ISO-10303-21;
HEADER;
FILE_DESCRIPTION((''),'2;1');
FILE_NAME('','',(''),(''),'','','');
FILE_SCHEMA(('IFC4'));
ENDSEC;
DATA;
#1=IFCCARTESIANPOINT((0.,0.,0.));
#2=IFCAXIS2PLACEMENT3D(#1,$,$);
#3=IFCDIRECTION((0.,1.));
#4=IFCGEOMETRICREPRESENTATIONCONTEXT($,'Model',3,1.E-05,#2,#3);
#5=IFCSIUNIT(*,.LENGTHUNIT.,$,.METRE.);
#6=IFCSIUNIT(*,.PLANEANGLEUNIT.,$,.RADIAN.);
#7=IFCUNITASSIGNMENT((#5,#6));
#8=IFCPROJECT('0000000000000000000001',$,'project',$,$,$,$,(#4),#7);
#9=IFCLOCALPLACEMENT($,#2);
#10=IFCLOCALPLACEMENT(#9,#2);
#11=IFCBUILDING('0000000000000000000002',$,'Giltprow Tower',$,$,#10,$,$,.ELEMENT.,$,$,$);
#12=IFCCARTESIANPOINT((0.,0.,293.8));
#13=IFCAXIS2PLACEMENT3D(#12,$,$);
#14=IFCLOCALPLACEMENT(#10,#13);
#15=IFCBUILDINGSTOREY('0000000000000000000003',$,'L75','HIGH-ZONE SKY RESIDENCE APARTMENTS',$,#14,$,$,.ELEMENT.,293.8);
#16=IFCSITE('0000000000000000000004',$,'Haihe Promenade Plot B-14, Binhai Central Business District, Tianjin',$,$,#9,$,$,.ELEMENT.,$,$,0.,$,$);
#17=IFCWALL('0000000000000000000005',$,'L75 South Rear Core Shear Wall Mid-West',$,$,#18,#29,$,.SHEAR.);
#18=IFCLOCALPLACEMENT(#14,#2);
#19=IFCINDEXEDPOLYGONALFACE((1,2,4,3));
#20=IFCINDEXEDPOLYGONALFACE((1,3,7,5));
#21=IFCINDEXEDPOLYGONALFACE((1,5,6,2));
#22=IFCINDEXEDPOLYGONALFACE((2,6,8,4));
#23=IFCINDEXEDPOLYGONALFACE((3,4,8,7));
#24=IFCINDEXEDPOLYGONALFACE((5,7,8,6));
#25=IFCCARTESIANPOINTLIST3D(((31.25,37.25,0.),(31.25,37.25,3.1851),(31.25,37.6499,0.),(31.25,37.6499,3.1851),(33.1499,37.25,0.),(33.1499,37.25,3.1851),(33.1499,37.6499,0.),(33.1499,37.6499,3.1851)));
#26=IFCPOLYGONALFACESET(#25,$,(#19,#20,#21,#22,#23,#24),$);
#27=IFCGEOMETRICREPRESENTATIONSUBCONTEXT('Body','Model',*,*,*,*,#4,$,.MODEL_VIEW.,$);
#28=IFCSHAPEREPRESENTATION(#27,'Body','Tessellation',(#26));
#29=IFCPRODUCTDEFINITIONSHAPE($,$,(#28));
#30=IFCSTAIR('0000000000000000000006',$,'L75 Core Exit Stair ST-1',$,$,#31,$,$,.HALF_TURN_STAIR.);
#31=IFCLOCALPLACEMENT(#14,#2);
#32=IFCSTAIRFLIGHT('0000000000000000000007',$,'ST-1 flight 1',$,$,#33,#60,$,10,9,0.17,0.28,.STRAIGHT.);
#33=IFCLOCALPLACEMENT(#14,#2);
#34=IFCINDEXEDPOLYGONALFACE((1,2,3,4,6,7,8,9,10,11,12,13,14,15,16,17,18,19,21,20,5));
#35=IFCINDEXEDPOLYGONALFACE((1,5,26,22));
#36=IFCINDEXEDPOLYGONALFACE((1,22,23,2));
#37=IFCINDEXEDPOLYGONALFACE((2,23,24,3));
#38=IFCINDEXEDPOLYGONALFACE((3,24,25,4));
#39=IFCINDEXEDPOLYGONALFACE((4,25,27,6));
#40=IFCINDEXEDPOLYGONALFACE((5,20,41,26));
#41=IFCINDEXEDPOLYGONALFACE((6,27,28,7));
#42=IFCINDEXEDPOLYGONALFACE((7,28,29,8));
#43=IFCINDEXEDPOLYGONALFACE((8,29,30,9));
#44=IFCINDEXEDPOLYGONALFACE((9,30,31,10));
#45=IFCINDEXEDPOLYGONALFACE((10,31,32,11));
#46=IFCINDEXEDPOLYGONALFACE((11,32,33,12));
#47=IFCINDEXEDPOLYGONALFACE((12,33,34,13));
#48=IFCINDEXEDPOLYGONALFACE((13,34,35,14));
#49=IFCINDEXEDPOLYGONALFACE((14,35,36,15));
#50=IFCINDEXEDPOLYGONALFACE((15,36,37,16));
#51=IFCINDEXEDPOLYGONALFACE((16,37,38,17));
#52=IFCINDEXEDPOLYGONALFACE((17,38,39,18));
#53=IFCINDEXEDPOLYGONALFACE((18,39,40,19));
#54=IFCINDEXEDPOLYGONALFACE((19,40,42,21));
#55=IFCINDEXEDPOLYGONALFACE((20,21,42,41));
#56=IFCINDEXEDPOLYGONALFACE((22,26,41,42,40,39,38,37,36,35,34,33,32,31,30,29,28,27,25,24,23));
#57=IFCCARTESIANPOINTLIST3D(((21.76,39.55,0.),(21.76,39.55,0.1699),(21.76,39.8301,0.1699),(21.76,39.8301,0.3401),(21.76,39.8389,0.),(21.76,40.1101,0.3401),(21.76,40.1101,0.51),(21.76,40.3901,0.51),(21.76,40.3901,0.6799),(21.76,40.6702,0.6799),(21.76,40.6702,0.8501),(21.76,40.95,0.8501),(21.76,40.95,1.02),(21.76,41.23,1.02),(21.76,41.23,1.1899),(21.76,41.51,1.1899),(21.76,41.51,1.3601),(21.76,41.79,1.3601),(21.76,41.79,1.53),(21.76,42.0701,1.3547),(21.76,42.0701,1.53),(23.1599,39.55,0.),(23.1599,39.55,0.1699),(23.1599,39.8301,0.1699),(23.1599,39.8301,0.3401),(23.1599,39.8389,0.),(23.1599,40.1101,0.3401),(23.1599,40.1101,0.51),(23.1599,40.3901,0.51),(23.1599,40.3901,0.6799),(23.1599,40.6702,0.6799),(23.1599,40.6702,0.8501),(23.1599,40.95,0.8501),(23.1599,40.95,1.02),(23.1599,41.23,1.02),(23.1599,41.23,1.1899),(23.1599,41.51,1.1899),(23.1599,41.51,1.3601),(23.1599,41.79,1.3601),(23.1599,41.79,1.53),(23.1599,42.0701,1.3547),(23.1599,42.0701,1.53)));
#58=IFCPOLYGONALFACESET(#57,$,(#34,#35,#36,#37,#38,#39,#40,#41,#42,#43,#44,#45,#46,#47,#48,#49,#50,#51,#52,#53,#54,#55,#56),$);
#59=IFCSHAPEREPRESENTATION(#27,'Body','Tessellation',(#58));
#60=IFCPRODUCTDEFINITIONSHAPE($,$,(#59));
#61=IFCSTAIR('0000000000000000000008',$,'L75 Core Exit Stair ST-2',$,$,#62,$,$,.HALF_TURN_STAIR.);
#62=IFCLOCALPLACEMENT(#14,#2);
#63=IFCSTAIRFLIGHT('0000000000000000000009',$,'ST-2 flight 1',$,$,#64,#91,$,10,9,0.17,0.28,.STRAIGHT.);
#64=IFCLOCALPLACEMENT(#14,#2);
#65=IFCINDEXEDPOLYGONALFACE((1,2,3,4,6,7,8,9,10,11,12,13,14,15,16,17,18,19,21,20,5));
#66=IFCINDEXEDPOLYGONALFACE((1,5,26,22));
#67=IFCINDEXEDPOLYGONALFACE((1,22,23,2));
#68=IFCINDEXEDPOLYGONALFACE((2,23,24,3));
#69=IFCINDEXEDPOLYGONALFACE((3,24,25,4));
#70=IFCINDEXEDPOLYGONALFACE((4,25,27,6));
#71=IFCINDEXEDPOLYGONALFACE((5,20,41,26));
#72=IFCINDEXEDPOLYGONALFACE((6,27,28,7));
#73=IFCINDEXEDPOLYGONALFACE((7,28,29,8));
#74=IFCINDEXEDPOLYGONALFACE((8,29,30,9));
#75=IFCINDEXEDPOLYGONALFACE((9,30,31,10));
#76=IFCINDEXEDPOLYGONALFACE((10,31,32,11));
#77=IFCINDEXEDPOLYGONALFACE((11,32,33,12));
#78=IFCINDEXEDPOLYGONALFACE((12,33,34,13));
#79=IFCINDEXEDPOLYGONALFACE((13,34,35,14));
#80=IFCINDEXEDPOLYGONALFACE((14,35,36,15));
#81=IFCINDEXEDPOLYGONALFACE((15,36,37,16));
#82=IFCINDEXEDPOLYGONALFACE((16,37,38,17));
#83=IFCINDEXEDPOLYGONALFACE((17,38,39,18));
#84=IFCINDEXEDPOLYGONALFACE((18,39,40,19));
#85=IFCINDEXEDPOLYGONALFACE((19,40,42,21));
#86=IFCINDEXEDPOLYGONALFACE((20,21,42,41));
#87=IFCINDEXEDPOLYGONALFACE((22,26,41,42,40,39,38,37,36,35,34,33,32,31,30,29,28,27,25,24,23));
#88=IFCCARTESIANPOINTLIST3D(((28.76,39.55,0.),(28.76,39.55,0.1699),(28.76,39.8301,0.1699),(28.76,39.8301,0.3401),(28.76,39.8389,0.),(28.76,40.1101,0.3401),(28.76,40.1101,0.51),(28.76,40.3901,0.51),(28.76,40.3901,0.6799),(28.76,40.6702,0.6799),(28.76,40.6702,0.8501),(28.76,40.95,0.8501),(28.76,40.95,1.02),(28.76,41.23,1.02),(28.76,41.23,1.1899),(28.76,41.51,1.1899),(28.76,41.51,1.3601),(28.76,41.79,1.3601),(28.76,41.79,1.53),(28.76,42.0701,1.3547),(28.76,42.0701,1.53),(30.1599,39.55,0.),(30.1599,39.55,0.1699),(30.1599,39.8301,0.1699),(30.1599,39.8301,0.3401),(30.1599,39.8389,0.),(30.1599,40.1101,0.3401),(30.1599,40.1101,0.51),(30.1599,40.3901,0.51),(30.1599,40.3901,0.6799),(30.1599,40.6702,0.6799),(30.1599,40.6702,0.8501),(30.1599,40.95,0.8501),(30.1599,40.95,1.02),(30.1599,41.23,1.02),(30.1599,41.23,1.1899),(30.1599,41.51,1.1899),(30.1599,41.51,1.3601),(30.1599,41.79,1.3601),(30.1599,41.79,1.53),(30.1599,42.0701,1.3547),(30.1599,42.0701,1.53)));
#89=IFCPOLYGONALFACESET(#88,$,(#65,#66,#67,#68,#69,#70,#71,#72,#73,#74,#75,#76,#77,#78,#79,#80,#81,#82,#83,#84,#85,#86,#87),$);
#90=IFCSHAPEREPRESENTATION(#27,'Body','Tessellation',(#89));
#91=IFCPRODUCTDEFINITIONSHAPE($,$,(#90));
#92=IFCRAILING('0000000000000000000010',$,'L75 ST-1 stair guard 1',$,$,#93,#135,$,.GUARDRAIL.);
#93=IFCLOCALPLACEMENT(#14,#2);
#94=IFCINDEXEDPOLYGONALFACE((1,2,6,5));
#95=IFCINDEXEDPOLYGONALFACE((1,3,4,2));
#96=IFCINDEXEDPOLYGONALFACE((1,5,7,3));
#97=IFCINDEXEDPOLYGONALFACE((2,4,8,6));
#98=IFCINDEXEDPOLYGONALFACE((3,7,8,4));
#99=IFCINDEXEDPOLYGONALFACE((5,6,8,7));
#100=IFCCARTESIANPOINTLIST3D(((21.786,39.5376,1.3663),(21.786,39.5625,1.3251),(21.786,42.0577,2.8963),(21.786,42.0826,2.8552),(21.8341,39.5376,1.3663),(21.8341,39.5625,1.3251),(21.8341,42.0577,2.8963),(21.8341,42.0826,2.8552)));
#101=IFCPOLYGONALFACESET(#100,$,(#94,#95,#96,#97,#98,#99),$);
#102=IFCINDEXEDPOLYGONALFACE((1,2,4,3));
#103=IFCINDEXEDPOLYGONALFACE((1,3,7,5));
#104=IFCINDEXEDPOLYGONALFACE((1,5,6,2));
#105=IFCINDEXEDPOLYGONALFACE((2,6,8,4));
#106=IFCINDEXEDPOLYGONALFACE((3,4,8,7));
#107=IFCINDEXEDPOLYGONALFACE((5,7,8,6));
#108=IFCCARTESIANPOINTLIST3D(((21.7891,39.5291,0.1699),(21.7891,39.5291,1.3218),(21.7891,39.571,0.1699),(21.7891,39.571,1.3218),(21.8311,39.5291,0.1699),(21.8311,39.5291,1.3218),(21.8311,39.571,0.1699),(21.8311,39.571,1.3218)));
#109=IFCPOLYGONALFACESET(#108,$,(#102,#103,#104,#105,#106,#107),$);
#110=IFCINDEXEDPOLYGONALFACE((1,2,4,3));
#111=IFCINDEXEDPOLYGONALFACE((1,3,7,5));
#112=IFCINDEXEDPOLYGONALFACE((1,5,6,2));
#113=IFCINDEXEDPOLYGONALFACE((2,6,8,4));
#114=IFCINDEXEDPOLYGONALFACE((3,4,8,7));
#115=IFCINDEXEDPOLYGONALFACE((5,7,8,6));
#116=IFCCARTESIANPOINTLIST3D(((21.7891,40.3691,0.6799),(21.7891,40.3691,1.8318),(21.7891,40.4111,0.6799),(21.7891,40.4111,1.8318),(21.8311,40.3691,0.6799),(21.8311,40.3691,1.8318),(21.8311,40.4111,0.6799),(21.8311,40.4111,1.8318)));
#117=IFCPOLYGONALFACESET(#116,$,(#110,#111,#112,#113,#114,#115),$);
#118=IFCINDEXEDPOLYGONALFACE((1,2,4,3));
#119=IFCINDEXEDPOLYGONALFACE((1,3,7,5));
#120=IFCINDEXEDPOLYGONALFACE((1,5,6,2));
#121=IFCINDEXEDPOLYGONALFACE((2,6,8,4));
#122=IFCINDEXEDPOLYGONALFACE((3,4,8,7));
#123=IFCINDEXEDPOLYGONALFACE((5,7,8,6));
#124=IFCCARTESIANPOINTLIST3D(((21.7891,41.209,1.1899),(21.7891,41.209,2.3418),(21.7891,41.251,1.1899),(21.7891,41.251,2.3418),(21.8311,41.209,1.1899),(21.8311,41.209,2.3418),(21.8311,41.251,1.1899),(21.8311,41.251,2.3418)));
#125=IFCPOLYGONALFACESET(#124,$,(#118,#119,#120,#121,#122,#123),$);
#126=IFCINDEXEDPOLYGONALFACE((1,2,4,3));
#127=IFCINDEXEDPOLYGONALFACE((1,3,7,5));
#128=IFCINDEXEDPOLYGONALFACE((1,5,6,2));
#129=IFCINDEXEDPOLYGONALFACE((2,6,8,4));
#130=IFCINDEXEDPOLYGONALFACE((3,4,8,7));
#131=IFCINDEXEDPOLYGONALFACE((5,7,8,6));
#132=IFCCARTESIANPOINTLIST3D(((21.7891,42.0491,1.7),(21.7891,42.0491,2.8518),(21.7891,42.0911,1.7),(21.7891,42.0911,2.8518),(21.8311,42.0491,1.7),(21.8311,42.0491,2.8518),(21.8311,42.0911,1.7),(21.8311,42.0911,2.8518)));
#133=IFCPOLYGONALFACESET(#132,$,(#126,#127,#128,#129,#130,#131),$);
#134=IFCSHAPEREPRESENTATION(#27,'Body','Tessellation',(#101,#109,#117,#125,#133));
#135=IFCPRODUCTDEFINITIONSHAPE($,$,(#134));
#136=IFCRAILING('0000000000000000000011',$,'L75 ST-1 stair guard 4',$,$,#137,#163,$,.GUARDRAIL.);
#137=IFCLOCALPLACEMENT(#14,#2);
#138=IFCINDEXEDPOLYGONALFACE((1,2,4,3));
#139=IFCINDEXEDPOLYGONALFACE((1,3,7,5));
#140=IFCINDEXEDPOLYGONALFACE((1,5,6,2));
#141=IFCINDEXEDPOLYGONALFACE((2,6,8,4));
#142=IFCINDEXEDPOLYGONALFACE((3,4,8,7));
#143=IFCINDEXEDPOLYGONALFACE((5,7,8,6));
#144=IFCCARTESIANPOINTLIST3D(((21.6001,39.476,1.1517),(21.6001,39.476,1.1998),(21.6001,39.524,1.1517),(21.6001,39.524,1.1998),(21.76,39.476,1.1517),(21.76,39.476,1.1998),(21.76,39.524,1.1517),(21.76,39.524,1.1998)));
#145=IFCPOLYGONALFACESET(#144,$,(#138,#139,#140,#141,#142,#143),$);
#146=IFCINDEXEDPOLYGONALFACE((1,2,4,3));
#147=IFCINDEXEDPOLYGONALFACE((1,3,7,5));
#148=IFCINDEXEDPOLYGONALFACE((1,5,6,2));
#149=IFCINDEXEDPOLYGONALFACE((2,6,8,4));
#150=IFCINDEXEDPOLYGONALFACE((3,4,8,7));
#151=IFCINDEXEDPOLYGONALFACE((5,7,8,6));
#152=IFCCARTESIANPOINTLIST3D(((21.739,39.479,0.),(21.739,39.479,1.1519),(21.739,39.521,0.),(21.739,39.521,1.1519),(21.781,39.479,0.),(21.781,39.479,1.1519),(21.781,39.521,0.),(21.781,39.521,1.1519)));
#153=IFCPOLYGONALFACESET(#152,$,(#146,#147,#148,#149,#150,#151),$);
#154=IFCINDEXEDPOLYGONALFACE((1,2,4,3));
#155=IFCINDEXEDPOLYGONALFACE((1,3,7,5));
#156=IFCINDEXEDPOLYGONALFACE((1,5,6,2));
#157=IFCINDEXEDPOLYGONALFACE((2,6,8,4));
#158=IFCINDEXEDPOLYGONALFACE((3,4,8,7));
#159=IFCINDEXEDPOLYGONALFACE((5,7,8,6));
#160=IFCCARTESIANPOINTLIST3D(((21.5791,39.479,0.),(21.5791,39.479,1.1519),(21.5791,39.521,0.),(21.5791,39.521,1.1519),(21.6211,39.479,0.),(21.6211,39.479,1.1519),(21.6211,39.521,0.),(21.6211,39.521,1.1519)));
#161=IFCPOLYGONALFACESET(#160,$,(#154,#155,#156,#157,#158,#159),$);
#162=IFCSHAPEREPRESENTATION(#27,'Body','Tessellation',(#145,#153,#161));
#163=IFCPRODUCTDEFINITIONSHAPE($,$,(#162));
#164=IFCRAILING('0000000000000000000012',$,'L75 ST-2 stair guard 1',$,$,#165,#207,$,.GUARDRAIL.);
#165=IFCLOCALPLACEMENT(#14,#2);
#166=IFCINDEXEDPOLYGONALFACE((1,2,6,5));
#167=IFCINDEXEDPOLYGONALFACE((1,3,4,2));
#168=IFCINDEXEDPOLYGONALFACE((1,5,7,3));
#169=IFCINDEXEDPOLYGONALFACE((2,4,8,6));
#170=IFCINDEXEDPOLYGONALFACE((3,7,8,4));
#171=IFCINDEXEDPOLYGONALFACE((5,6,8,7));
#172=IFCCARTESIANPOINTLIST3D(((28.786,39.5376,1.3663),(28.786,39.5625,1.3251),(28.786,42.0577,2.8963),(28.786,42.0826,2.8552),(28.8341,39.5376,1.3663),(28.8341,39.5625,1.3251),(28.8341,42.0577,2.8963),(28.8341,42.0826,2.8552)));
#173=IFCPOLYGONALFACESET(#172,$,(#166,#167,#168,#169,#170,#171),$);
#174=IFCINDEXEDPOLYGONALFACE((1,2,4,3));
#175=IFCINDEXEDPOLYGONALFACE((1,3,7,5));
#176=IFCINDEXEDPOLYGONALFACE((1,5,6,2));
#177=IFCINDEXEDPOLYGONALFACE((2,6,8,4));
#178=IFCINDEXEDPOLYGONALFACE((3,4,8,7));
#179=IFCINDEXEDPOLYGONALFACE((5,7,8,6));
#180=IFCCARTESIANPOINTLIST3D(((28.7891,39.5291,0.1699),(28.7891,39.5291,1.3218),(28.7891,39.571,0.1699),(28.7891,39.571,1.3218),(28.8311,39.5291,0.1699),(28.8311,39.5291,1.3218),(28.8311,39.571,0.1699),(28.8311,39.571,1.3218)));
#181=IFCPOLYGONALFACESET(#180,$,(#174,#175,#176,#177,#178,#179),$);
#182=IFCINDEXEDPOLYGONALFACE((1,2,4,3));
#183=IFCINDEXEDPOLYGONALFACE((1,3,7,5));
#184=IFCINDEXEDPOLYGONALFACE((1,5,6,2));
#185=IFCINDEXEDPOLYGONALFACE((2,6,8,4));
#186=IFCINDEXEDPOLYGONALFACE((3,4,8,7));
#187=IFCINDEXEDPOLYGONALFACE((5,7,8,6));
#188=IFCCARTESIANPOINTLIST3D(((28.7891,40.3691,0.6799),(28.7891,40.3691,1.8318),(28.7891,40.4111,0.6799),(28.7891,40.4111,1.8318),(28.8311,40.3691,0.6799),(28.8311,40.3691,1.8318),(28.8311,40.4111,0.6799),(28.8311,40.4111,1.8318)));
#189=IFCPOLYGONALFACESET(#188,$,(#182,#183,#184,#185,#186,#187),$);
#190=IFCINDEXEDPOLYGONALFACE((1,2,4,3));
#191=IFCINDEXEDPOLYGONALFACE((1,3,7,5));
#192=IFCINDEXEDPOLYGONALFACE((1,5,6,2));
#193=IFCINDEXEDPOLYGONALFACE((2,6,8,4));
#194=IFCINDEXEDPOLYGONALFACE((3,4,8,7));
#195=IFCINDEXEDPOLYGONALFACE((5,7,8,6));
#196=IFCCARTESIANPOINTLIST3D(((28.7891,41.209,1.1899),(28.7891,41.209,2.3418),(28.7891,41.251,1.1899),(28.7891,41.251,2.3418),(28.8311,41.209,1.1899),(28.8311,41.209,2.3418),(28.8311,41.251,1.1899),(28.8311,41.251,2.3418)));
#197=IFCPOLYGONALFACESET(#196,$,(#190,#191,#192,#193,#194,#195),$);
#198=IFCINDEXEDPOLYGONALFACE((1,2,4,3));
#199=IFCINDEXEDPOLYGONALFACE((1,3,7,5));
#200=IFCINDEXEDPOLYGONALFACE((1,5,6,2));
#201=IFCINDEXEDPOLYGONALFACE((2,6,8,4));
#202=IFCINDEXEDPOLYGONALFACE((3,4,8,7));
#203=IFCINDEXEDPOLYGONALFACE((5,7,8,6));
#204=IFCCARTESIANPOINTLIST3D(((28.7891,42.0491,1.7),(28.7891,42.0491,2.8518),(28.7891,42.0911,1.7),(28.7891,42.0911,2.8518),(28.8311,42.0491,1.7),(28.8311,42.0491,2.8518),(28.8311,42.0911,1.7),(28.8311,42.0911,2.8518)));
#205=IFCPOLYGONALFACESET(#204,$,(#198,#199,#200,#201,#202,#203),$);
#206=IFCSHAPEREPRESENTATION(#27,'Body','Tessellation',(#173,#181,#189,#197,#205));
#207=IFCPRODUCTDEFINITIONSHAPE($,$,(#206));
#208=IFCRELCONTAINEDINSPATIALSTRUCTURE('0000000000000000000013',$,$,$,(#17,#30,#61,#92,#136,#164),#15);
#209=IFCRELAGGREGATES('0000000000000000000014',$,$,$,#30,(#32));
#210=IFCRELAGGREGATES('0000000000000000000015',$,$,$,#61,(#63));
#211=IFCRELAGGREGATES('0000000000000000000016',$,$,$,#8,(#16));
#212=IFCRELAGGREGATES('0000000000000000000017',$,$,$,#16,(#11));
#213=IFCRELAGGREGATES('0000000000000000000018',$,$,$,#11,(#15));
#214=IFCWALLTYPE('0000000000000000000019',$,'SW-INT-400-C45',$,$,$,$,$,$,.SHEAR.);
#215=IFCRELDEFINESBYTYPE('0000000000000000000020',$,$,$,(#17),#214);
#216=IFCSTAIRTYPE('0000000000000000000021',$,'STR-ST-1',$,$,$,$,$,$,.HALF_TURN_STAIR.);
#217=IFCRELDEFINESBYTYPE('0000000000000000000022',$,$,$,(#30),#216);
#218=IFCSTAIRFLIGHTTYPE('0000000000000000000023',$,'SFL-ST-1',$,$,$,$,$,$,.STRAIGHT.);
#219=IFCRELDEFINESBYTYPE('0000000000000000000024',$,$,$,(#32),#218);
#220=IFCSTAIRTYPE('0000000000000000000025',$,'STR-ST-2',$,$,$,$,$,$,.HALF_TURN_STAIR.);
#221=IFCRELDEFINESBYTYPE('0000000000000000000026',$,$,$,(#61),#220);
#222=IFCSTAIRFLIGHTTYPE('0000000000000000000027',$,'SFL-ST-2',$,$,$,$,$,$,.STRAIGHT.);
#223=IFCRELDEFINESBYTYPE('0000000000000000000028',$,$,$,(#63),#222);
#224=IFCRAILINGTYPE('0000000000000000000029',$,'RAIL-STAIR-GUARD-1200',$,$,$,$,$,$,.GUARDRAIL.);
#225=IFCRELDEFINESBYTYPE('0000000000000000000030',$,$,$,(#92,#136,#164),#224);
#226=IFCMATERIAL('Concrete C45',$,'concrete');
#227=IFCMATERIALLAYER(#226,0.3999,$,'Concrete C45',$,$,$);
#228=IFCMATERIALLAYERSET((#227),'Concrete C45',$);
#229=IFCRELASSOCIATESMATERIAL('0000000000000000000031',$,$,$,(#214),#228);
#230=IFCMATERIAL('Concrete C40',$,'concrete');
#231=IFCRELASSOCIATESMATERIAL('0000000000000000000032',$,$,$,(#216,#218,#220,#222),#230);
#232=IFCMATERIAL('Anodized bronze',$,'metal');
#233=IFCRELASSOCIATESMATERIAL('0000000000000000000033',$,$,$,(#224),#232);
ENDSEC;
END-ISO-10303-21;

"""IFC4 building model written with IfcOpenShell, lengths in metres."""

from ifc_helpers import new_model, si_unit, direction, frame, frame_2d, origin, origin_2d, place, context, subcontext, project, spatial, polyline, rectangle, outline, extrude, material, layer, layer_set, type_object, element, aggregate, save


model = new_model("IFC4")

# Units and contexts
model_context = context("Model", 3, precision=1e-05, world=origin(), true_north=direction((0.0, 1.0)))
body_context = subcontext(model_context, "Body", "Model", "MODEL_VIEW")
ifc_project = project(units=[si_unit("LENGTHUNIT", "METRE"), si_unit("PLANEANGLEUNIT", "RADIAN")], contexts=[model_context])

# Site, building, storey
site_placement = place(None, origin())
site = spatial("IfcSite", under=ifc_project, at=site_placement, Name="Haihe Promenade Plot B-14, Binhai Central Business District, Tianjin", CompositionType="ELEMENT", RefElevation=0.0)
building_placement = place(site_placement, origin())
building = spatial("IfcBuilding", under=site, at=building_placement, Name="Giltprow Tower", CompositionType="ELEMENT")
storey_placement = place(building_placement, frame((0.0, 0.0, 293.8)))
storey = spatial("IfcBuildingStorey", under=building, at=storey_placement, Name="L75", Description="HIGH-ZONE SKY RESIDENCE APARTMENTS", CompositionType="ELEMENT", Elevation=293.8)

# Shared definitions
ifc_material_1 = material(Name="Concrete C45", Category="concrete")

# Shared definitions
ifc_material_2 = material(Name="Concrete C40", Category="concrete")

# Wall
ifc_layer_1 = layer(ifc_material_1, 0.3999, Name="Concrete C45")
ifc_layer_set_1 = layer_set([ifc_layer_1], Name="Concrete C45")
wall_type_1 = type_object("IfcWallType", Name="SW-INT-400-C45", PredefinedType="SHEAR", material=ifc_layer_set_1)
wall_1_placement = place(storey_placement, frame((31.25, 37.45, 0.0), z_axis=(0.0, 0.0, 1.0), x_axis=(1.0, 0.0, 0.0)))
element("IfcWall", 1, at=wall_1_placement, inside=storey, type_object=wall_type_1, Name="L75 South Rear Core Shear Wall Mid-West", PredefinedType="SHEAR", context=body_context, shape_type="SweptSolid", body=[
    extrude(rectangle(XDim=1.8999, YDim=0.3999, at=frame_2d((0.95, 0.0))), origin(), (0.0, 0.0, 1.0), 3.1851),
])

# Stairs, stair flights
stair_type_1 = type_object("IfcStairType", Name="STR-ST-1", PredefinedType="HALF_TURN_STAIR", material=ifc_material_2)
stair_1_placement = place(storey_placement, origin())
stair_1 = element("IfcStair", 2, at=stair_1_placement, inside=storey, type_object=stair_type_1, Name="L75 Core Exit Stair ST-1", PredefinedType="HALF_TURN_STAIR")
stair_flight_type_1 = type_object("IfcStairFlightType", Name="SFL-ST-1", PredefinedType="STRAIGHT", material=ifc_material_2)
stair_flight_1_placement = place(storey_placement, frame((22.46, 39.55, 0.0), z_axis=(0.0, 0.0, 1.0), x_axis=(0.0, 1.0, 0.0)))
stair_flight_1 = element("IfcStairFlight", 3, at=stair_flight_1_placement, type_object=stair_flight_type_1, Name="ST-1 flight 1", NumberOfRisers=10, NumberOfTreads=9, PredefinedType="STRAIGHT", RiserHeight=0.17, TreadLength=0.28, context=body_context, shape_type="SweptSolid", body=[
    extrude(outline(polyline([(0.0, 0.0), (0.0, 0.1699), (0.28, 0.1699), (0.28, 0.3401), (0.5601, 0.3401), (0.5601, 0.51), (0.8401, 0.51), (0.8401, 0.6799), (1.1201, 0.6799), (1.1201, 0.8501), (1.3999, 0.8501), (1.3999, 1.02), (1.6799, 1.02), (1.6799, 1.1899), (1.96, 1.1899), (1.96, 1.3601), (2.24, 1.3601), (2.24, 1.53), (2.52, 1.53), (2.52, 1.7), (2.52, 1.3547), (0.2888, 0.0), (0.0, 0.0)])), frame((0.0, 0.7, 0.0), z_axis=(0.0, -1.0, 0.0), x_axis=(1.0, 0.0, 0.0)), (0.0, 0.0, 1.0), 1.3999),
])
aggregate(stair_1, [stair_flight_1])
stair_type_2 = type_object("IfcStairType", Name="STR-ST-2", PredefinedType="HALF_TURN_STAIR", material=ifc_material_2)
stair_2_placement = place(storey_placement, origin())
stair_2 = element("IfcStair", 4, at=stair_2_placement, inside=storey, type_object=stair_type_2, Name="L75 Core Exit Stair ST-2", PredefinedType="HALF_TURN_STAIR")
stair_flight_type_2 = type_object("IfcStairFlightType", Name="SFL-ST-2", PredefinedType="STRAIGHT", material=ifc_material_2)
stair_flight_2_placement = place(storey_placement, frame((29.46, 39.55, 0.0), z_axis=(0.0, 0.0, 1.0), x_axis=(0.0, 1.0, 0.0)))
stair_flight_2 = element("IfcStairFlight", 5, at=stair_flight_2_placement, type_object=stair_flight_type_2, Name="ST-2 flight 1", NumberOfRisers=10, NumberOfTreads=9, PredefinedType="STRAIGHT", RiserHeight=0.17, TreadLength=0.28, context=body_context, shape_type="SweptSolid", body=[
    extrude(outline(polyline([(0.0, 0.0), (0.0, 0.1699), (0.28, 0.1699), (0.28, 0.3401), (0.5601, 0.3401), (0.5601, 0.51), (0.8401, 0.51), (0.8401, 0.6799), (1.1201, 0.6799), (1.1201, 0.8501), (1.3999, 0.8501), (1.3999, 1.02), (1.6799, 1.02), (1.6799, 1.1899), (1.96, 1.1899), (1.96, 1.3601), (2.24, 1.3601), (2.24, 1.53), (2.52, 1.53), (2.52, 1.7), (2.52, 1.3547), (0.2888, 0.0), (0.0, 0.0)])), frame((0.0, 0.7, 0.0), z_axis=(0.0, -1.0, 0.0), x_axis=(1.0, 0.0, 0.0)), (0.0, 0.0, 1.0), 1.3999),
])
aggregate(stair_2, [stair_flight_2])

# Railings
ifc_material_3 = material(Name="Anodized bronze", Category="metal")
railing_type_1 = type_object("IfcRailingType", Name="RAIL-STAIR-GUARD-1200", PredefinedType="GUARDRAIL", material=ifc_material_3)
railing_1_placement = place(storey_placement, frame((21.8101, 39.55, 0.1699)))
element("IfcRailing", 6, at=railing_1_placement, inside=storey, type_object=railing_type_1, Name="L75 ST-1 stair guard 1", PredefinedType="GUARDRAIL", context=body_context, shape_type="SweptSolid", body=[
    extrude(rectangle(XDim=0.0481, YDim=0.0481, at=origin_2d()), frame((0.0, 0.0, 1.1758), z_axis=(0.0, 0.854785, 0.518982), x_axis=(-1.0, 0.0, 0.0)), (0.0, 0.0, 1.0), 2.9482),
    extrude(rectangle(XDim=0.042, YDim=0.042, at=origin_2d()), origin(), (0.0, 0.0, 1.0), 1.1519),
    extrude(rectangle(XDim=0.042, YDim=0.042, at=origin_2d()), frame((0.0, 0.8401, 0.51)), (0.0, 0.0, 1.0), 1.1519),
    extrude(rectangle(XDim=0.042, YDim=0.042, at=origin_2d()), frame((0.0, 1.6799, 1.02)), (0.0, 0.0, 1.0), 1.1519),
    extrude(rectangle(XDim=0.042, YDim=0.042, at=origin_2d()), frame((0.0, 2.52, 1.53)), (0.0, 0.0, 1.0), 1.1519),
])
railing_2_placement = place(storey_placement, frame((21.76, 39.5, 0.0)))
element("IfcRailing", 7, at=railing_2_placement, inside=storey, type_object=railing_type_1, Name="L75 ST-1 stair guard 4", PredefinedType="GUARDRAIL", context=body_context, shape_type="SweptSolid", body=[
    extrude(rectangle(XDim=0.0481, YDim=0.0481, at=origin_2d()), frame((0.0, 0.0, 1.1758), z_axis=(-1.0, 0.0, 0.0), x_axis=(0.0, -1.0, 0.0)), (0.0, 0.0, 1.0), 0.1599),
    extrude(rectangle(XDim=0.042, YDim=0.042, at=origin_2d()), origin(), (0.0, 0.0, 1.0), 1.1519),
    extrude(rectangle(XDim=0.042, YDim=0.042, at=origin_2d()), frame((-0.1599, 0.0, 0.0)), (0.0, 0.0, 1.0), 1.1519),
])
railing_3_placement = place(storey_placement, frame((28.8101, 39.55, 0.1699)))
element("IfcRailing", 8, at=railing_3_placement, inside=storey, type_object=railing_type_1, Name="L75 ST-2 stair guard 1", PredefinedType="GUARDRAIL", context=body_context, shape_type="SweptSolid", body=[
    extrude(rectangle(XDim=0.0481, YDim=0.0481, at=origin_2d()), frame((0.0, 0.0, 1.1758), z_axis=(0.0, 0.854785, 0.518982), x_axis=(-1.0, 0.0, 0.0)), (0.0, 0.0, 1.0), 2.9482),
    extrude(rectangle(XDim=0.042, YDim=0.042, at=origin_2d()), origin(), (0.0, 0.0, 1.0), 1.1519),
    extrude(rectangle(XDim=0.042, YDim=0.042, at=origin_2d()), frame((0.0, 0.8401, 0.51)), (0.0, 0.0, 1.0), 1.1519),
    extrude(rectangle(XDim=0.042, YDim=0.042, at=origin_2d()), frame((0.0, 1.6799, 1.02)), (0.0, 0.0, 1.0), 1.1519),
    extrude(rectangle(XDim=0.042, YDim=0.042, at=origin_2d()), frame((0.0, 2.52, 1.53)), (0.0, 0.0, 1.0), 1.1519),
])

save(model, "model.ifc")
